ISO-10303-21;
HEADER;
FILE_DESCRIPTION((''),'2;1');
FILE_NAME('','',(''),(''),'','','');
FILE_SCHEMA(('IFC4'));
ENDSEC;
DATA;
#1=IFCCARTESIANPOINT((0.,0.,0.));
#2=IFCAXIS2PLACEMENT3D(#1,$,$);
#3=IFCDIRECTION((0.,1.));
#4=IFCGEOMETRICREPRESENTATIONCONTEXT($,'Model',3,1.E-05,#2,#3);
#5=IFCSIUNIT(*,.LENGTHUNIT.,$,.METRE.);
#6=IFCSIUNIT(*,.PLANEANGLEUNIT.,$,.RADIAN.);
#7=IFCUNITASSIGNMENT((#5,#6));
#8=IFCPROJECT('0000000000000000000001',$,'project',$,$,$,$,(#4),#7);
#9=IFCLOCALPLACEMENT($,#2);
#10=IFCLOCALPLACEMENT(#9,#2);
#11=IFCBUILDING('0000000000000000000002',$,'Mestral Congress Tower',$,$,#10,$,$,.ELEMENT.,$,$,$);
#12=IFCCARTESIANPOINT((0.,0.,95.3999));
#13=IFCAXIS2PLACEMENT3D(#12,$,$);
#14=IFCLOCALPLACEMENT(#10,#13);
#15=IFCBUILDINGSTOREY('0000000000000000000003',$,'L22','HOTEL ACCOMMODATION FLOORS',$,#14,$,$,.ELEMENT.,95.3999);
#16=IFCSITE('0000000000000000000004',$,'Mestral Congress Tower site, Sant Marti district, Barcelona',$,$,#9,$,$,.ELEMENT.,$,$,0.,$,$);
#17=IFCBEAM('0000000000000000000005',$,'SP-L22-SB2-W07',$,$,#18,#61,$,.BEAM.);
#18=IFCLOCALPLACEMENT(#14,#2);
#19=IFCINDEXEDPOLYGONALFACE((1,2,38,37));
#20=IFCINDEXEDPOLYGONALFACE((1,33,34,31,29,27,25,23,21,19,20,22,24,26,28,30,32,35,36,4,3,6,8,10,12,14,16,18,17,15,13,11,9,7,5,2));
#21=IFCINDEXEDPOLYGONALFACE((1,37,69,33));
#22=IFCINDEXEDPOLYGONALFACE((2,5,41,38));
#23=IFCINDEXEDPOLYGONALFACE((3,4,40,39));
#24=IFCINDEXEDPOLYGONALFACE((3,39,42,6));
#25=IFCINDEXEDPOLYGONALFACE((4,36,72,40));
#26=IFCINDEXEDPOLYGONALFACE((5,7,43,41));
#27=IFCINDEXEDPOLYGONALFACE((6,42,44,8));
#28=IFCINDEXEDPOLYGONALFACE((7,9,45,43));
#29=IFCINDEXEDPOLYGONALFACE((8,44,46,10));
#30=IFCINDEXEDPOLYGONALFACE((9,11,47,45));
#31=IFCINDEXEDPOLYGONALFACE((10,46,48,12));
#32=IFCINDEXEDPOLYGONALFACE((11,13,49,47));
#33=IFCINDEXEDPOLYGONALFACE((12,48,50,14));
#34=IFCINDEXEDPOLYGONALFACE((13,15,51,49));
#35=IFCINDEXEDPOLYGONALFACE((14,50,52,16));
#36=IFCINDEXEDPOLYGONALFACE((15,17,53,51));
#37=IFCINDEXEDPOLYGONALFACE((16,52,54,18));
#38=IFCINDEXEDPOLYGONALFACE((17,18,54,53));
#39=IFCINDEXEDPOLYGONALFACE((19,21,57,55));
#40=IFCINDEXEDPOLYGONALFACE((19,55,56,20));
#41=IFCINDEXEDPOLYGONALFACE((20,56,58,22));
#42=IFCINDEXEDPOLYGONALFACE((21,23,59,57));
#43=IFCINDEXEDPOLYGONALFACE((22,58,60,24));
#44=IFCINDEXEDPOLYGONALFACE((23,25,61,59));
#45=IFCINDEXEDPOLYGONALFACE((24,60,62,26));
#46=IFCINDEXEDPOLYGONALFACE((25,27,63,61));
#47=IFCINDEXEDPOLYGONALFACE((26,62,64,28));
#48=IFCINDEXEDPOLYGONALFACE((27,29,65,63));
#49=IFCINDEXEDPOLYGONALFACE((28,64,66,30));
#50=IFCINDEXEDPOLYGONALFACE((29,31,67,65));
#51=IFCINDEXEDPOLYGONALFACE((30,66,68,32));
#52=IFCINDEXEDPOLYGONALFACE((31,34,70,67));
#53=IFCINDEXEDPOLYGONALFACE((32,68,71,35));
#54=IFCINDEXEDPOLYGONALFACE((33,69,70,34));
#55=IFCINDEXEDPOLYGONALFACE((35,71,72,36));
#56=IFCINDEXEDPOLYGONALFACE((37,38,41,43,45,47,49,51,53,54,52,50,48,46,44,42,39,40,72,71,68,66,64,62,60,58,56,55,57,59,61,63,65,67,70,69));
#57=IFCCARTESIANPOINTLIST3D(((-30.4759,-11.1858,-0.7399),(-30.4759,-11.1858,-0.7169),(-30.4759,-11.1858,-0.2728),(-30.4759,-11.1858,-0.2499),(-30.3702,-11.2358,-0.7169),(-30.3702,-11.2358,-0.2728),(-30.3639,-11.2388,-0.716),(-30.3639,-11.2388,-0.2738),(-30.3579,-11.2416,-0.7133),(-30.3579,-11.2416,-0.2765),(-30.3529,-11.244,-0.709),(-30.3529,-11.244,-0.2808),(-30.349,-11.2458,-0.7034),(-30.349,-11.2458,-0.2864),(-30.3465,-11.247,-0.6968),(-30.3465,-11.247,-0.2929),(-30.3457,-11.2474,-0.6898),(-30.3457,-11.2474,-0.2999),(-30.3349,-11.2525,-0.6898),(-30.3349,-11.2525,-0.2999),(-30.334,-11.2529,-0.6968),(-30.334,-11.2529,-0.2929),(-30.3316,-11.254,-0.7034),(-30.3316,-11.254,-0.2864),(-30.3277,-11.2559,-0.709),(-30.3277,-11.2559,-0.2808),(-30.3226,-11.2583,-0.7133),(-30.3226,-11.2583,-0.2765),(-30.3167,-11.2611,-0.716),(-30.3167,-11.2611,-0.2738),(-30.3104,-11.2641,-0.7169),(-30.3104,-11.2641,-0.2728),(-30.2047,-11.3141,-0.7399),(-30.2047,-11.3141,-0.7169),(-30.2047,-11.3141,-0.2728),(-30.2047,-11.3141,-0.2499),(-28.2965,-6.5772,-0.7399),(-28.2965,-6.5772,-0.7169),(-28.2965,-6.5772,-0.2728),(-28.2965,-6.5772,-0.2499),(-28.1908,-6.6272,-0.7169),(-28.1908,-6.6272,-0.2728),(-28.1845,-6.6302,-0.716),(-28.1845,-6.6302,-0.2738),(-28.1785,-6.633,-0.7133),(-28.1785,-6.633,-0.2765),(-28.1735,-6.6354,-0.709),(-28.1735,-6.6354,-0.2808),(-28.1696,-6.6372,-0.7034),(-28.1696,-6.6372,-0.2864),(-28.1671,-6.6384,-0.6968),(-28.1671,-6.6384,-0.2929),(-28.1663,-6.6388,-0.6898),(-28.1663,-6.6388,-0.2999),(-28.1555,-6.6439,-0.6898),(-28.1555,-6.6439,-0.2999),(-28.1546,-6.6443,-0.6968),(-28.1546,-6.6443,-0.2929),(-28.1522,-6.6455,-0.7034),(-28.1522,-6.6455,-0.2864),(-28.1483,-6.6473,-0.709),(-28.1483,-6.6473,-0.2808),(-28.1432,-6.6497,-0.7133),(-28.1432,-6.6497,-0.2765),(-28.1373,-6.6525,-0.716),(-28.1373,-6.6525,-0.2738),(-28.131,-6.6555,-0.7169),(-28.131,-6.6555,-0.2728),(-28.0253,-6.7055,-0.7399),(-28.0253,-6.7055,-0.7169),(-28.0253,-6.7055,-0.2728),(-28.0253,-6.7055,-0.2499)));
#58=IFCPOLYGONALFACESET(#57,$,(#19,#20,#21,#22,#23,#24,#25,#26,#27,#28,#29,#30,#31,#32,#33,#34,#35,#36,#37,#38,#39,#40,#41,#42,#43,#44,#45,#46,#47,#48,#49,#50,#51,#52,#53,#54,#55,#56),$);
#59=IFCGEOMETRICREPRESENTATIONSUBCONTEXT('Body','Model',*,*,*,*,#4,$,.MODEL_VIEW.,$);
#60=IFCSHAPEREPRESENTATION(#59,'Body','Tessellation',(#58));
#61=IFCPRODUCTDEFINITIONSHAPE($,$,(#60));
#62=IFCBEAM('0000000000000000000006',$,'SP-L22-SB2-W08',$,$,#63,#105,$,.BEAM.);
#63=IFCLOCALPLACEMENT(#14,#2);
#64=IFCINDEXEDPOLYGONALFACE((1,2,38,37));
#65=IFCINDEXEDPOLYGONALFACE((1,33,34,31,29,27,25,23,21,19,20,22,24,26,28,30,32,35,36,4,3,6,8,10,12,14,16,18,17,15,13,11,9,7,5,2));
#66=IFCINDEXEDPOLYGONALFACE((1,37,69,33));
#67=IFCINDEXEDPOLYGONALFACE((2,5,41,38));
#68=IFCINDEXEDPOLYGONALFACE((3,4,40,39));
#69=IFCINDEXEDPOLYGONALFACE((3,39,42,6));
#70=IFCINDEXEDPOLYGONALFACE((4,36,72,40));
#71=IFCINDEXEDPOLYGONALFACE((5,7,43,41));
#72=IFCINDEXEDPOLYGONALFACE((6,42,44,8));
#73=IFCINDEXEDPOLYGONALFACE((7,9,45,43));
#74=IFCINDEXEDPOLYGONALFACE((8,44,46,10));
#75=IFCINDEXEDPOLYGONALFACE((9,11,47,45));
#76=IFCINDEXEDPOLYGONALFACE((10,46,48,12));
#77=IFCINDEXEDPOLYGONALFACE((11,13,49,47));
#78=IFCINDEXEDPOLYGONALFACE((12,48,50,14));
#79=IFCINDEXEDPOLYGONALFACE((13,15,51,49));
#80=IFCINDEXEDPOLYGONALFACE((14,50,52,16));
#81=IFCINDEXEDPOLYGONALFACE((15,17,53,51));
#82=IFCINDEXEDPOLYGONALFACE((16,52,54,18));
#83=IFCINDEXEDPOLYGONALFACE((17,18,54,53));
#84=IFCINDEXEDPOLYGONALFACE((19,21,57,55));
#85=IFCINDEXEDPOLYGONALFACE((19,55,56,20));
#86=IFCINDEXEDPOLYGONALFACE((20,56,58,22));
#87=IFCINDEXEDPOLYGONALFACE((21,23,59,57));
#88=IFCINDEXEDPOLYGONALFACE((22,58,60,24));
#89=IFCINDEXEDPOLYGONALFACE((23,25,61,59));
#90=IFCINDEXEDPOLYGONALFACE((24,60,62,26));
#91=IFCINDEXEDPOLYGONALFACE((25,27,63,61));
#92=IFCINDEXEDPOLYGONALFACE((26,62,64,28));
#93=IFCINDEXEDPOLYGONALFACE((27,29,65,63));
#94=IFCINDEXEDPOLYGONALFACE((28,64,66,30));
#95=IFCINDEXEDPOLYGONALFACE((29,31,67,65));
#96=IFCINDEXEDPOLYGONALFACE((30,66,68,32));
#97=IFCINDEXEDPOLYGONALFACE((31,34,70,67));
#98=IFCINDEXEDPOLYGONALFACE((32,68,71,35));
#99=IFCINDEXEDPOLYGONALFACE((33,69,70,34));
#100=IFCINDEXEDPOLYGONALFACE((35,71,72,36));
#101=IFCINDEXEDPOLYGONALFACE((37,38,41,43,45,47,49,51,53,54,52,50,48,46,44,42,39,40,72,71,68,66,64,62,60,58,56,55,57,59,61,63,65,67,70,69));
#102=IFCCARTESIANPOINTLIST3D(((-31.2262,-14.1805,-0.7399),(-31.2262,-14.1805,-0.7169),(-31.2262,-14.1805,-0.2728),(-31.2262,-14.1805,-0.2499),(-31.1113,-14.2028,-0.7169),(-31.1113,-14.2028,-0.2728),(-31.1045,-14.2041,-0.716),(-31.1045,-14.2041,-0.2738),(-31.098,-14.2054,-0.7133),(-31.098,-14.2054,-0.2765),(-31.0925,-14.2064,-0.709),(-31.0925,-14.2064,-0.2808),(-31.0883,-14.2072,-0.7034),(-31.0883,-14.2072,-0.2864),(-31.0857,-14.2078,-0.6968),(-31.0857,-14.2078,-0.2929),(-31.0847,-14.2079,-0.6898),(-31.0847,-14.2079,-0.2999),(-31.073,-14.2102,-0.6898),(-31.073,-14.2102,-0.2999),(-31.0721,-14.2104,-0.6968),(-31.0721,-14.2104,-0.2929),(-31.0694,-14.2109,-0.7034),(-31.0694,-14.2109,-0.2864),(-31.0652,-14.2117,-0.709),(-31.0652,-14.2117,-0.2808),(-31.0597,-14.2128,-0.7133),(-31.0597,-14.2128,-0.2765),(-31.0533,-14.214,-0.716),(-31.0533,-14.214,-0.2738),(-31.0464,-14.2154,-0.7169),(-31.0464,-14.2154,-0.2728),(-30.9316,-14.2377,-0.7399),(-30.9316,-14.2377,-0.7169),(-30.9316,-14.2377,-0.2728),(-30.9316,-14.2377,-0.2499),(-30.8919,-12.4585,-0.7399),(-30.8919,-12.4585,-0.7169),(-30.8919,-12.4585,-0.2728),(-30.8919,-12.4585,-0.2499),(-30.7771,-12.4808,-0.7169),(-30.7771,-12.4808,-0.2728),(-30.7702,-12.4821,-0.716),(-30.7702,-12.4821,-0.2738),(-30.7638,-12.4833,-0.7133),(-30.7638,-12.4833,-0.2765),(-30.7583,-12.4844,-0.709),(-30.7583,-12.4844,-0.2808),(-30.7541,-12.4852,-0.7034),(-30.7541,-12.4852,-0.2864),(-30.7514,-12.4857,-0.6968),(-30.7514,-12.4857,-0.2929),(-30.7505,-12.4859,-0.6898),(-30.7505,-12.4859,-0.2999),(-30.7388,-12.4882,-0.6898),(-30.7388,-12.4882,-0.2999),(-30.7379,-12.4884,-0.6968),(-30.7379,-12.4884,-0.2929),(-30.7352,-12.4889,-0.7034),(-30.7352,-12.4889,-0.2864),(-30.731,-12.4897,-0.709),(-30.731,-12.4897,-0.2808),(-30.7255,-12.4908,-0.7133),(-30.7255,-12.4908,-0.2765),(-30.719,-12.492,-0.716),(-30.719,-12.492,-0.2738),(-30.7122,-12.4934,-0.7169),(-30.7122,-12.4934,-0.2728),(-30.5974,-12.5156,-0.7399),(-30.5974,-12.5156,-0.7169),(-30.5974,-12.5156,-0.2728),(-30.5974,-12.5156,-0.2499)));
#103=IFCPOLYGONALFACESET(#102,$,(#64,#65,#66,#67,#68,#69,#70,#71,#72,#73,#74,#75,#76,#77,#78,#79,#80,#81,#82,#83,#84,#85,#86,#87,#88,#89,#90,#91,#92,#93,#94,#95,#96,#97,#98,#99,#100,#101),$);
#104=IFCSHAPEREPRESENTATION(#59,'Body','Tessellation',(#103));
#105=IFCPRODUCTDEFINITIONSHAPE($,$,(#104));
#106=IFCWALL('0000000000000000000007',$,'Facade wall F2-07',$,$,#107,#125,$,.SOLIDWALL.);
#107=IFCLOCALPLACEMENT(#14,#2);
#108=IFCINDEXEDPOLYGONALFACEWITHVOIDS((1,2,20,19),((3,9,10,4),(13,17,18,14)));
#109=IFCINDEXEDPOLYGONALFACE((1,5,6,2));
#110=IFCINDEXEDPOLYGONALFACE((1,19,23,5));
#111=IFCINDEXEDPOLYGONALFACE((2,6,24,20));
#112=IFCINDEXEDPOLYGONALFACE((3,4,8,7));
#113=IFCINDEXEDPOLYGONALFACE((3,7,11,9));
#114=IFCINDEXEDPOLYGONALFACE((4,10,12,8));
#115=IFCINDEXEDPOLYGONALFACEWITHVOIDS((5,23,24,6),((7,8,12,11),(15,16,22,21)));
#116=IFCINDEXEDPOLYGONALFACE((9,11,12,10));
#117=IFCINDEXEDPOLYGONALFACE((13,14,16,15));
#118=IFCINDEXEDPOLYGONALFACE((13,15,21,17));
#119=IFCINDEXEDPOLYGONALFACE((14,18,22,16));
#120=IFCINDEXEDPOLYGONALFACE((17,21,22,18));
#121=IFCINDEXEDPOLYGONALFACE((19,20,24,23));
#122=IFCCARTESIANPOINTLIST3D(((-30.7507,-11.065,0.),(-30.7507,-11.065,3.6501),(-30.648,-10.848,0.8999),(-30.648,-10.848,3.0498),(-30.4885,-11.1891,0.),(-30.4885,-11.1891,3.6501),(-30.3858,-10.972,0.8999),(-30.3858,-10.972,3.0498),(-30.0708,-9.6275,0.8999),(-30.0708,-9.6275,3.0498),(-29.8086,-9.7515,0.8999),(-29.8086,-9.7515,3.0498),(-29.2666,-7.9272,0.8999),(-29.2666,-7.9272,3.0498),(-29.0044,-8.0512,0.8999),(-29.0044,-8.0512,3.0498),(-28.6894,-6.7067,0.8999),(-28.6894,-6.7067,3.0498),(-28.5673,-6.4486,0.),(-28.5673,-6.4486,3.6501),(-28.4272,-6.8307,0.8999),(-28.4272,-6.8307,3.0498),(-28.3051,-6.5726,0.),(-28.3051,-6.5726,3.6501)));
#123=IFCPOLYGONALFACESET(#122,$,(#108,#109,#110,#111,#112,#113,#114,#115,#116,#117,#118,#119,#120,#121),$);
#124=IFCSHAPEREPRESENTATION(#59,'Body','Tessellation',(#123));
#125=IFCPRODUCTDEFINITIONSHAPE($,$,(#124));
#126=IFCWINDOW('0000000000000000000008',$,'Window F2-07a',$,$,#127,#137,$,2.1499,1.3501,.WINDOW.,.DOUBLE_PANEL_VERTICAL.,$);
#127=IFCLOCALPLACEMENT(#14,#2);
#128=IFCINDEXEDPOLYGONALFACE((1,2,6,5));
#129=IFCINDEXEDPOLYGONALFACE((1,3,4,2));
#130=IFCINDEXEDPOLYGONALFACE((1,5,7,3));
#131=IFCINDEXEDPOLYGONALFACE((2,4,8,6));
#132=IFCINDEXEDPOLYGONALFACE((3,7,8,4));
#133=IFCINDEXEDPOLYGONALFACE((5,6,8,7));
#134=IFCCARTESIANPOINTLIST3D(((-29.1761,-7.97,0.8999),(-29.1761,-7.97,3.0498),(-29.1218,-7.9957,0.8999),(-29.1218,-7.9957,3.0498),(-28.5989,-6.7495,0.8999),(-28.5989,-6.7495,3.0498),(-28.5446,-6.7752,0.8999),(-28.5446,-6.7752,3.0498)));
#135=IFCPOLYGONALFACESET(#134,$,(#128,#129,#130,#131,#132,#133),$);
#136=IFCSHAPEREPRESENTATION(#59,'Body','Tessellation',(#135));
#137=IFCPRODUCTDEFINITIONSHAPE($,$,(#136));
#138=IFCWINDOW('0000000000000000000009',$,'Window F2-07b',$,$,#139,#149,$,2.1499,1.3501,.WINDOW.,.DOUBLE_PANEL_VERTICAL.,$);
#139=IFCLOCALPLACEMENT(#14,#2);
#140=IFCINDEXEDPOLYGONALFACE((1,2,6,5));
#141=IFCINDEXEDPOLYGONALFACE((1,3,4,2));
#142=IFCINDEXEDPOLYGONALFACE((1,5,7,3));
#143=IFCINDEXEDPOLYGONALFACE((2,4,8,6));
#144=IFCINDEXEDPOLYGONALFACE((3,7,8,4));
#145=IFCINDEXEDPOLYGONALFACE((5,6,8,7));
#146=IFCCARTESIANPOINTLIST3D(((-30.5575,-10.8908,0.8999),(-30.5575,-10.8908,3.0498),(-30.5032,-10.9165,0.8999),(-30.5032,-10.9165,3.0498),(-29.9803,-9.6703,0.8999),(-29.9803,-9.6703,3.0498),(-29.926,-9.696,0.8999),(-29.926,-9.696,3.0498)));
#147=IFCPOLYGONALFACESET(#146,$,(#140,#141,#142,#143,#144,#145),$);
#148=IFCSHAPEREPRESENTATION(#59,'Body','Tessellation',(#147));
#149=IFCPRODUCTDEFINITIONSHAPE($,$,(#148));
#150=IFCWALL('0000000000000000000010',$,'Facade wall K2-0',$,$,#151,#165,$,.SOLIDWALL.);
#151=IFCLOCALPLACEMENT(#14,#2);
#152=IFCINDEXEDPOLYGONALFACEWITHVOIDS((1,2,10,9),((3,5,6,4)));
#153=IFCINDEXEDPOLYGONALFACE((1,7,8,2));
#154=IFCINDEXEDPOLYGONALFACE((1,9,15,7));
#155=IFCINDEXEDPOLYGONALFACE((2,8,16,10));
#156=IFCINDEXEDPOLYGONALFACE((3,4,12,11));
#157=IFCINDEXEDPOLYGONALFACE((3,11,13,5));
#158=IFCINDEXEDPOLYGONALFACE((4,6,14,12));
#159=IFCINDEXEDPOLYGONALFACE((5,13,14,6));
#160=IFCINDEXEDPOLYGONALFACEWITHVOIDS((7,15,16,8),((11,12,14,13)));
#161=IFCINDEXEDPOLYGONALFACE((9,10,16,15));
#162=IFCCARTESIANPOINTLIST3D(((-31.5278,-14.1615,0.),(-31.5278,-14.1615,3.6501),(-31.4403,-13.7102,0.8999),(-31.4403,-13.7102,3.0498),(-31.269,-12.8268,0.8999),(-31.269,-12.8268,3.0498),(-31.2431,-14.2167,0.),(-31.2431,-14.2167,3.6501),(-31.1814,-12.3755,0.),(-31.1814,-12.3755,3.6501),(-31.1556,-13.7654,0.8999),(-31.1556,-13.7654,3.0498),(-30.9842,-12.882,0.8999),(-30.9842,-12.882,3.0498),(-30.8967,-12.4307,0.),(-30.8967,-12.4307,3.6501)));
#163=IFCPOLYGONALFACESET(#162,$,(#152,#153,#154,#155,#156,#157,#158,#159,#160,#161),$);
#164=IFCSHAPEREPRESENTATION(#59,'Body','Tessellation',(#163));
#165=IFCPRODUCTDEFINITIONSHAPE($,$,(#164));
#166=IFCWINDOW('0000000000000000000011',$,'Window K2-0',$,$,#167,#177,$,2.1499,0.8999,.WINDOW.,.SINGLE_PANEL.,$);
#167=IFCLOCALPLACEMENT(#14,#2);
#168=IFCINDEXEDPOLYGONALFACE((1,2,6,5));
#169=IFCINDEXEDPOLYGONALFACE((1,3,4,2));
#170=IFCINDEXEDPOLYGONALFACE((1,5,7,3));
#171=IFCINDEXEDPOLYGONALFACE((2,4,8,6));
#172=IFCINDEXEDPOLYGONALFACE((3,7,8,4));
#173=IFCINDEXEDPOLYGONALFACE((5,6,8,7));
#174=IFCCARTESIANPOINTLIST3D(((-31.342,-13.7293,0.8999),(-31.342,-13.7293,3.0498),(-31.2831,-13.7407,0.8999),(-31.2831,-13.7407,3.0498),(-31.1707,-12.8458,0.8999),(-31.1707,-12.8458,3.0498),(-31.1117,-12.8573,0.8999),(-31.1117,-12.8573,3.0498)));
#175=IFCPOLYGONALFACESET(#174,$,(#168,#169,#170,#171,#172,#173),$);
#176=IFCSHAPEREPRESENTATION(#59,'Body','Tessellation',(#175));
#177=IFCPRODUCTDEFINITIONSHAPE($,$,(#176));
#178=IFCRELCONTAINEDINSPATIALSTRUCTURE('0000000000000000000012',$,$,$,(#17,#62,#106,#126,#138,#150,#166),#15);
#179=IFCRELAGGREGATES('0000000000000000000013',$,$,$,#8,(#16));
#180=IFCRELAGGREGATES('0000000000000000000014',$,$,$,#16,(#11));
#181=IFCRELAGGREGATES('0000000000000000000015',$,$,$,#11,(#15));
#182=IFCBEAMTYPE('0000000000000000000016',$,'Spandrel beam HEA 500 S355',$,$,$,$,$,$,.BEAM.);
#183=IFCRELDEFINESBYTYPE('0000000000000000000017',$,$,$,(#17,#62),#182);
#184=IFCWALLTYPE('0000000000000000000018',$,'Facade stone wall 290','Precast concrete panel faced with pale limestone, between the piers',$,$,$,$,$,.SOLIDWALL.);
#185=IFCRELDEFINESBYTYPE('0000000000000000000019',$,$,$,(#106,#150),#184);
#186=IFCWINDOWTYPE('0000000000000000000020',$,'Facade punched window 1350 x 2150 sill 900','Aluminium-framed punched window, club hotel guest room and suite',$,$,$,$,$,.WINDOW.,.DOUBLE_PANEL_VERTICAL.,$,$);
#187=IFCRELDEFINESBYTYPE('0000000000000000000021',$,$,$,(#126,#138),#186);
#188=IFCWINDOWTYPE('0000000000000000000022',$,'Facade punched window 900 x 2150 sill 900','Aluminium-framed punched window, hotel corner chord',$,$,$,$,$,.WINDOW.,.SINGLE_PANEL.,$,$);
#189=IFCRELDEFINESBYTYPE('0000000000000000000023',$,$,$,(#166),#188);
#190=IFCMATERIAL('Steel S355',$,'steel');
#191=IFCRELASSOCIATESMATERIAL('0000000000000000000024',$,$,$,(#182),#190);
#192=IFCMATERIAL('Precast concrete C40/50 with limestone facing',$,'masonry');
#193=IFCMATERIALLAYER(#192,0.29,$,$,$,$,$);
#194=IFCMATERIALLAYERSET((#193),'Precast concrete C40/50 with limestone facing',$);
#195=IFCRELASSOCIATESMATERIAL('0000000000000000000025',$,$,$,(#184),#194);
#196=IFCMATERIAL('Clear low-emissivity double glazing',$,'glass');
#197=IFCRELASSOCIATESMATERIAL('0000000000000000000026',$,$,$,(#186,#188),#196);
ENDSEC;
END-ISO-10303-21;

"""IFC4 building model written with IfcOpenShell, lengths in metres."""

from ifc_helpers import new_model, si_unit, direction, frame, frame_2d, origin, origin_2d, place, context, subcontext, project, spatial, rectangle, i_section, extrude, material, layer, layer_set, material_profile, profile_set, type_object, element, fill, save


model = new_model("IFC4")

# Units and contexts
model_context = context("Model", 3, precision=1e-05, world=origin(), true_north=direction((0.0, 1.0)))
body_context = subcontext(model_context, "Body", "Model", "MODEL_VIEW")
ifc_project = project(units=[si_unit("LENGTHUNIT", "METRE"), si_unit("PLANEANGLEUNIT", "RADIAN")], contexts=[model_context])

# Site, building, storey
site_placement = place(None, origin())
site = spatial("IfcSite", under=ifc_project, at=site_placement, Name="Mestral Congress Tower site, Sant Marti district, Barcelona", CompositionType="ELEMENT", RefElevation=0.0)
building_placement = place(site_placement, origin())
building = spatial("IfcBuilding", under=site, at=building_placement, Name="Mestral Congress Tower", CompositionType="ELEMENT")
storey_placement = place(building_placement, frame((0.0, 0.0, 95.3999)))
storey = spatial("IfcBuildingStorey", under=building, at=storey_placement, Name="L22", Description="HOTEL ACCOMMODATION FLOORS", CompositionType="ELEMENT", Elevation=95.3999)

# Beams
ifc_material_1 = material(Name="Steel S355", Category="steel")
ifc_material_profile_1 = material_profile(ifc_material_1, i_section(OverallWidth=0.3, OverallDepth=0.49, WebThickness=0.012, FlangeThickness=0.0229, FilletRadius=0.0271, at=origin_2d()), Name="HEA 500")
ifc_profile_set_1 = profile_set([ifc_material_profile_1], Name="Steel S355")
beam_type_1 = type_object("IfcBeamType", Name="Spandrel beam HEA 500 S355", PredefinedType="BEAM", material=ifc_profile_set_1)
beam_1_placement = place(storey_placement, frame((-28.1609, -6.6414, -0.4949), z_axis=(-0.42751, -0.904011, 0.0), x_axis=(0.904011, -0.42751, 0.0)))
element("IfcBeam", 1, at=beam_1_placement, inside=storey, type_object=beam_type_1, Name="SP-L22-SB2-W07", PredefinedType="BEAM", context=body_context, shape_type="SweptSolid", body=[
    extrude(i_section(OverallWidth=0.3, OverallDepth=0.49, WebThickness=0.012, FlangeThickness=0.0229, FilletRadius=0.0271, at=origin_2d()), origin(), (0.0, 0.0, 1.0), 5.0979),
])
beam_2_placement = place(storey_placement, frame((-30.7446, -12.4871, -0.4949), z_axis=(-0.190546, -0.981678, 0.0), x_axis=(0.981678, -0.190546, 0.0)))
element("IfcBeam", 2, at=beam_2_placement, inside=storey, type_object=beam_type_1, Name="SP-L22-SB2-W08", PredefinedType="BEAM", context=body_context, shape_type="SweptSolid", body=[
    extrude(i_section(OverallWidth=0.3, OverallDepth=0.49, WebThickness=0.012, FlangeThickness=0.0229, FilletRadius=0.0271, at=origin_2d()), origin(), (0.0, 0.0, 1.0), 1.7542),
])

# Wall, openings, windows
ifc_material_2 = material(Name="Precast concrete C40/50 with limestone facing", Category="masonry")
ifc_layer_1 = layer(ifc_material_2, 0.29)
ifc_layer_set_1 = layer_set([ifc_layer_1], Name="Precast concrete C40/50 with limestone facing")
wall_type_1 = type_object("IfcWallType", Name="Facade stone wall 290", Description="Precast concrete panel faced with pale limestone, between the piers", PredefinedType="SOLIDWALL", material=ifc_layer_set_1)
wall_1_placement = place(storey_placement, frame((-28.4363, -6.5107, 0.0), z_axis=(0.0, 0.0, 1.0), x_axis=(-0.427544, -0.903995, 0.0)))
wall_1 = element("IfcWall", 3, at=wall_1_placement, inside=storey, type_object=wall_type_1, Name="Facade wall F2-07", PredefinedType="SOLIDWALL", context=body_context, shape_type="SweptSolid", body=[
    extrude(rectangle(XDim=5.1067, YDim=0.29, at=frame_2d((2.5532, 0.0))), origin(), (0.0, 0.0, 1.0), 3.6501),
])
opening_1_placement = place(wall_1_placement, frame((0.2854, 0.0, 0.8999)))
opening_1 = element("IfcOpeningElement", 4, at=opening_1_placement, cuts=wall_1, PredefinedType="OPENING", context=body_context, shape_type="SweptSolid", body=[
    extrude(rectangle(XDim=1.3501, YDim=2.1499, at=frame_2d((0.675, 1.075))), frame((0.0, 0.155, 0.0), z_axis=(0.0, -1.0, 0.0), x_axis=(1.0, 0.0, 0.0)), (0.0, 0.0, 1.0), 0.3101),
])
opening_2_placement = place(wall_1_placement, frame((3.5164, 0.0, 0.8999)))
opening_2 = element("IfcOpeningElement", 5, at=opening_2_placement, cuts=wall_1, PredefinedType="OPENING", context=body_context, shape_type="SweptSolid", body=[
    extrude(rectangle(XDim=1.3501, YDim=2.1499, at=frame_2d((0.675, 1.075))), frame((0.0, 0.155, 0.0), z_axis=(0.0, -1.0, 0.0), x_axis=(1.0, 0.0, 0.0)), (0.0, 0.0, 1.0), 0.3101),
])
ifc_material_3 = material(Name="Clear low-emissivity double glazing", Category="glass")
window_type_1 = type_object("IfcWindowType", Name="Facade punched window 1350 x 2150 sill 900", Description="Aluminium-framed punched window, club hotel guest room and suite", PartitioningType="DOUBLE_PANEL_VERTICAL", PredefinedType="WINDOW", material=ifc_material_3)
window_1_placement = place(opening_1_placement, origin())
window_1 = element("IfcWindow", 6, at=window_1_placement, inside=storey, type_object=window_type_1, Name="Window F2-07a", OverallHeight=2.1499, OverallWidth=1.3501, PartitioningType="DOUBLE_PANEL_VERTICAL", PredefinedType="WINDOW", context=body_context, shape_type="SweptSolid", body=[
    extrude(rectangle(XDim=1.3501, YDim=2.1499, at=frame_2d((0.675, 1.075))), frame((0.0, 0.0151, 0.0), z_axis=(0.0, -1.0, 0.0), x_axis=(1.0, 0.0, 0.0)), (0.0, 0.0, 1.0), 0.0601),
])
fill(opening_1, window_1)
window_2_placement = place(opening_2_placement, origin())
window_2 = element("IfcWindow", 7, at=window_2_placement, inside=storey, type_object=window_type_1, Name="Window F2-07b", OverallHeight=2.1499, OverallWidth=1.3501, PartitioningType="DOUBLE_PANEL_VERTICAL", PredefinedType="WINDOW", context=body_context, shape_type="SweptSolid", body=[
    extrude(rectangle(XDim=1.3501, YDim=2.1499, at=frame_2d((0.675, 1.075))), frame((0.0, 0.0151, 0.0), z_axis=(0.0, -1.0, 0.0), x_axis=(1.0, 0.0, 0.0)), (0.0, 0.0, 1.0), 0.0601),
])
fill(opening_2, window_2)

# Wall, opening, window
wall_2_placement = place(storey_placement, frame((-31.0391, -12.4031, 0.0), z_axis=(0.0, 0.0, 1.0), x_axis=(-0.19041, -0.981705, 0.0)))
wall_2 = element("IfcWall", 8, at=wall_2_placement, inside=storey, type_object=wall_type_1, Name="Facade wall K2-0", PredefinedType="SOLIDWALL", context=body_context, shape_type="SweptSolid", body=[
    extrude(rectangle(XDim=1.8193, YDim=0.29, at=frame_2d((0.9097, 0.0))), origin(), (0.0, 0.0, 1.0), 3.6501),
])
opening_3_placement = place(wall_2_placement, frame((0.4597, 0.0, 0.8999)))
opening_3 = element("IfcOpeningElement", 9, at=opening_3_placement, cuts=wall_2, PredefinedType="OPENING", context=body_context, shape_type="SweptSolid", body=[
    extrude(rectangle(XDim=0.8999, YDim=2.1499, at=frame_2d((0.45, 1.075))), frame((0.0, 0.155, 0.0), z_axis=(0.0, -1.0, 0.0), x_axis=(1.0, 0.0, 0.0)), (0.0, 0.0, 1.0), 0.3101),
])
window_type_2 = type_object("IfcWindowType", Name="Facade punched window 900 x 2150 sill 900", Description="Aluminium-framed punched window, hotel corner chord", PartitioningType="SINGLE_PANEL", PredefinedType="WINDOW", material=ifc_material_3)
window_3_placement = place(opening_3_placement, origin())
window_3 = element("IfcWindow", 10, at=window_3_placement, inside=storey, type_object=window_type_2, Name="Window K2-0", OverallHeight=2.1499, OverallWidth=0.8999, PartitioningType="SINGLE_PANEL", PredefinedType="WINDOW", context=body_context, shape_type="SweptSolid", body=[
    extrude(rectangle(XDim=0.8999, YDim=2.1499, at=frame_2d((0.45, 1.075))), frame((0.0, 0.0151, 0.0), z_axis=(0.0, -1.0, 0.0), x_axis=(1.0, 0.0, 0.0)), (0.0, 0.0, 1.0), 0.0601),
])
fill(opening_3, window_3)

save(model, "model.ifc")
